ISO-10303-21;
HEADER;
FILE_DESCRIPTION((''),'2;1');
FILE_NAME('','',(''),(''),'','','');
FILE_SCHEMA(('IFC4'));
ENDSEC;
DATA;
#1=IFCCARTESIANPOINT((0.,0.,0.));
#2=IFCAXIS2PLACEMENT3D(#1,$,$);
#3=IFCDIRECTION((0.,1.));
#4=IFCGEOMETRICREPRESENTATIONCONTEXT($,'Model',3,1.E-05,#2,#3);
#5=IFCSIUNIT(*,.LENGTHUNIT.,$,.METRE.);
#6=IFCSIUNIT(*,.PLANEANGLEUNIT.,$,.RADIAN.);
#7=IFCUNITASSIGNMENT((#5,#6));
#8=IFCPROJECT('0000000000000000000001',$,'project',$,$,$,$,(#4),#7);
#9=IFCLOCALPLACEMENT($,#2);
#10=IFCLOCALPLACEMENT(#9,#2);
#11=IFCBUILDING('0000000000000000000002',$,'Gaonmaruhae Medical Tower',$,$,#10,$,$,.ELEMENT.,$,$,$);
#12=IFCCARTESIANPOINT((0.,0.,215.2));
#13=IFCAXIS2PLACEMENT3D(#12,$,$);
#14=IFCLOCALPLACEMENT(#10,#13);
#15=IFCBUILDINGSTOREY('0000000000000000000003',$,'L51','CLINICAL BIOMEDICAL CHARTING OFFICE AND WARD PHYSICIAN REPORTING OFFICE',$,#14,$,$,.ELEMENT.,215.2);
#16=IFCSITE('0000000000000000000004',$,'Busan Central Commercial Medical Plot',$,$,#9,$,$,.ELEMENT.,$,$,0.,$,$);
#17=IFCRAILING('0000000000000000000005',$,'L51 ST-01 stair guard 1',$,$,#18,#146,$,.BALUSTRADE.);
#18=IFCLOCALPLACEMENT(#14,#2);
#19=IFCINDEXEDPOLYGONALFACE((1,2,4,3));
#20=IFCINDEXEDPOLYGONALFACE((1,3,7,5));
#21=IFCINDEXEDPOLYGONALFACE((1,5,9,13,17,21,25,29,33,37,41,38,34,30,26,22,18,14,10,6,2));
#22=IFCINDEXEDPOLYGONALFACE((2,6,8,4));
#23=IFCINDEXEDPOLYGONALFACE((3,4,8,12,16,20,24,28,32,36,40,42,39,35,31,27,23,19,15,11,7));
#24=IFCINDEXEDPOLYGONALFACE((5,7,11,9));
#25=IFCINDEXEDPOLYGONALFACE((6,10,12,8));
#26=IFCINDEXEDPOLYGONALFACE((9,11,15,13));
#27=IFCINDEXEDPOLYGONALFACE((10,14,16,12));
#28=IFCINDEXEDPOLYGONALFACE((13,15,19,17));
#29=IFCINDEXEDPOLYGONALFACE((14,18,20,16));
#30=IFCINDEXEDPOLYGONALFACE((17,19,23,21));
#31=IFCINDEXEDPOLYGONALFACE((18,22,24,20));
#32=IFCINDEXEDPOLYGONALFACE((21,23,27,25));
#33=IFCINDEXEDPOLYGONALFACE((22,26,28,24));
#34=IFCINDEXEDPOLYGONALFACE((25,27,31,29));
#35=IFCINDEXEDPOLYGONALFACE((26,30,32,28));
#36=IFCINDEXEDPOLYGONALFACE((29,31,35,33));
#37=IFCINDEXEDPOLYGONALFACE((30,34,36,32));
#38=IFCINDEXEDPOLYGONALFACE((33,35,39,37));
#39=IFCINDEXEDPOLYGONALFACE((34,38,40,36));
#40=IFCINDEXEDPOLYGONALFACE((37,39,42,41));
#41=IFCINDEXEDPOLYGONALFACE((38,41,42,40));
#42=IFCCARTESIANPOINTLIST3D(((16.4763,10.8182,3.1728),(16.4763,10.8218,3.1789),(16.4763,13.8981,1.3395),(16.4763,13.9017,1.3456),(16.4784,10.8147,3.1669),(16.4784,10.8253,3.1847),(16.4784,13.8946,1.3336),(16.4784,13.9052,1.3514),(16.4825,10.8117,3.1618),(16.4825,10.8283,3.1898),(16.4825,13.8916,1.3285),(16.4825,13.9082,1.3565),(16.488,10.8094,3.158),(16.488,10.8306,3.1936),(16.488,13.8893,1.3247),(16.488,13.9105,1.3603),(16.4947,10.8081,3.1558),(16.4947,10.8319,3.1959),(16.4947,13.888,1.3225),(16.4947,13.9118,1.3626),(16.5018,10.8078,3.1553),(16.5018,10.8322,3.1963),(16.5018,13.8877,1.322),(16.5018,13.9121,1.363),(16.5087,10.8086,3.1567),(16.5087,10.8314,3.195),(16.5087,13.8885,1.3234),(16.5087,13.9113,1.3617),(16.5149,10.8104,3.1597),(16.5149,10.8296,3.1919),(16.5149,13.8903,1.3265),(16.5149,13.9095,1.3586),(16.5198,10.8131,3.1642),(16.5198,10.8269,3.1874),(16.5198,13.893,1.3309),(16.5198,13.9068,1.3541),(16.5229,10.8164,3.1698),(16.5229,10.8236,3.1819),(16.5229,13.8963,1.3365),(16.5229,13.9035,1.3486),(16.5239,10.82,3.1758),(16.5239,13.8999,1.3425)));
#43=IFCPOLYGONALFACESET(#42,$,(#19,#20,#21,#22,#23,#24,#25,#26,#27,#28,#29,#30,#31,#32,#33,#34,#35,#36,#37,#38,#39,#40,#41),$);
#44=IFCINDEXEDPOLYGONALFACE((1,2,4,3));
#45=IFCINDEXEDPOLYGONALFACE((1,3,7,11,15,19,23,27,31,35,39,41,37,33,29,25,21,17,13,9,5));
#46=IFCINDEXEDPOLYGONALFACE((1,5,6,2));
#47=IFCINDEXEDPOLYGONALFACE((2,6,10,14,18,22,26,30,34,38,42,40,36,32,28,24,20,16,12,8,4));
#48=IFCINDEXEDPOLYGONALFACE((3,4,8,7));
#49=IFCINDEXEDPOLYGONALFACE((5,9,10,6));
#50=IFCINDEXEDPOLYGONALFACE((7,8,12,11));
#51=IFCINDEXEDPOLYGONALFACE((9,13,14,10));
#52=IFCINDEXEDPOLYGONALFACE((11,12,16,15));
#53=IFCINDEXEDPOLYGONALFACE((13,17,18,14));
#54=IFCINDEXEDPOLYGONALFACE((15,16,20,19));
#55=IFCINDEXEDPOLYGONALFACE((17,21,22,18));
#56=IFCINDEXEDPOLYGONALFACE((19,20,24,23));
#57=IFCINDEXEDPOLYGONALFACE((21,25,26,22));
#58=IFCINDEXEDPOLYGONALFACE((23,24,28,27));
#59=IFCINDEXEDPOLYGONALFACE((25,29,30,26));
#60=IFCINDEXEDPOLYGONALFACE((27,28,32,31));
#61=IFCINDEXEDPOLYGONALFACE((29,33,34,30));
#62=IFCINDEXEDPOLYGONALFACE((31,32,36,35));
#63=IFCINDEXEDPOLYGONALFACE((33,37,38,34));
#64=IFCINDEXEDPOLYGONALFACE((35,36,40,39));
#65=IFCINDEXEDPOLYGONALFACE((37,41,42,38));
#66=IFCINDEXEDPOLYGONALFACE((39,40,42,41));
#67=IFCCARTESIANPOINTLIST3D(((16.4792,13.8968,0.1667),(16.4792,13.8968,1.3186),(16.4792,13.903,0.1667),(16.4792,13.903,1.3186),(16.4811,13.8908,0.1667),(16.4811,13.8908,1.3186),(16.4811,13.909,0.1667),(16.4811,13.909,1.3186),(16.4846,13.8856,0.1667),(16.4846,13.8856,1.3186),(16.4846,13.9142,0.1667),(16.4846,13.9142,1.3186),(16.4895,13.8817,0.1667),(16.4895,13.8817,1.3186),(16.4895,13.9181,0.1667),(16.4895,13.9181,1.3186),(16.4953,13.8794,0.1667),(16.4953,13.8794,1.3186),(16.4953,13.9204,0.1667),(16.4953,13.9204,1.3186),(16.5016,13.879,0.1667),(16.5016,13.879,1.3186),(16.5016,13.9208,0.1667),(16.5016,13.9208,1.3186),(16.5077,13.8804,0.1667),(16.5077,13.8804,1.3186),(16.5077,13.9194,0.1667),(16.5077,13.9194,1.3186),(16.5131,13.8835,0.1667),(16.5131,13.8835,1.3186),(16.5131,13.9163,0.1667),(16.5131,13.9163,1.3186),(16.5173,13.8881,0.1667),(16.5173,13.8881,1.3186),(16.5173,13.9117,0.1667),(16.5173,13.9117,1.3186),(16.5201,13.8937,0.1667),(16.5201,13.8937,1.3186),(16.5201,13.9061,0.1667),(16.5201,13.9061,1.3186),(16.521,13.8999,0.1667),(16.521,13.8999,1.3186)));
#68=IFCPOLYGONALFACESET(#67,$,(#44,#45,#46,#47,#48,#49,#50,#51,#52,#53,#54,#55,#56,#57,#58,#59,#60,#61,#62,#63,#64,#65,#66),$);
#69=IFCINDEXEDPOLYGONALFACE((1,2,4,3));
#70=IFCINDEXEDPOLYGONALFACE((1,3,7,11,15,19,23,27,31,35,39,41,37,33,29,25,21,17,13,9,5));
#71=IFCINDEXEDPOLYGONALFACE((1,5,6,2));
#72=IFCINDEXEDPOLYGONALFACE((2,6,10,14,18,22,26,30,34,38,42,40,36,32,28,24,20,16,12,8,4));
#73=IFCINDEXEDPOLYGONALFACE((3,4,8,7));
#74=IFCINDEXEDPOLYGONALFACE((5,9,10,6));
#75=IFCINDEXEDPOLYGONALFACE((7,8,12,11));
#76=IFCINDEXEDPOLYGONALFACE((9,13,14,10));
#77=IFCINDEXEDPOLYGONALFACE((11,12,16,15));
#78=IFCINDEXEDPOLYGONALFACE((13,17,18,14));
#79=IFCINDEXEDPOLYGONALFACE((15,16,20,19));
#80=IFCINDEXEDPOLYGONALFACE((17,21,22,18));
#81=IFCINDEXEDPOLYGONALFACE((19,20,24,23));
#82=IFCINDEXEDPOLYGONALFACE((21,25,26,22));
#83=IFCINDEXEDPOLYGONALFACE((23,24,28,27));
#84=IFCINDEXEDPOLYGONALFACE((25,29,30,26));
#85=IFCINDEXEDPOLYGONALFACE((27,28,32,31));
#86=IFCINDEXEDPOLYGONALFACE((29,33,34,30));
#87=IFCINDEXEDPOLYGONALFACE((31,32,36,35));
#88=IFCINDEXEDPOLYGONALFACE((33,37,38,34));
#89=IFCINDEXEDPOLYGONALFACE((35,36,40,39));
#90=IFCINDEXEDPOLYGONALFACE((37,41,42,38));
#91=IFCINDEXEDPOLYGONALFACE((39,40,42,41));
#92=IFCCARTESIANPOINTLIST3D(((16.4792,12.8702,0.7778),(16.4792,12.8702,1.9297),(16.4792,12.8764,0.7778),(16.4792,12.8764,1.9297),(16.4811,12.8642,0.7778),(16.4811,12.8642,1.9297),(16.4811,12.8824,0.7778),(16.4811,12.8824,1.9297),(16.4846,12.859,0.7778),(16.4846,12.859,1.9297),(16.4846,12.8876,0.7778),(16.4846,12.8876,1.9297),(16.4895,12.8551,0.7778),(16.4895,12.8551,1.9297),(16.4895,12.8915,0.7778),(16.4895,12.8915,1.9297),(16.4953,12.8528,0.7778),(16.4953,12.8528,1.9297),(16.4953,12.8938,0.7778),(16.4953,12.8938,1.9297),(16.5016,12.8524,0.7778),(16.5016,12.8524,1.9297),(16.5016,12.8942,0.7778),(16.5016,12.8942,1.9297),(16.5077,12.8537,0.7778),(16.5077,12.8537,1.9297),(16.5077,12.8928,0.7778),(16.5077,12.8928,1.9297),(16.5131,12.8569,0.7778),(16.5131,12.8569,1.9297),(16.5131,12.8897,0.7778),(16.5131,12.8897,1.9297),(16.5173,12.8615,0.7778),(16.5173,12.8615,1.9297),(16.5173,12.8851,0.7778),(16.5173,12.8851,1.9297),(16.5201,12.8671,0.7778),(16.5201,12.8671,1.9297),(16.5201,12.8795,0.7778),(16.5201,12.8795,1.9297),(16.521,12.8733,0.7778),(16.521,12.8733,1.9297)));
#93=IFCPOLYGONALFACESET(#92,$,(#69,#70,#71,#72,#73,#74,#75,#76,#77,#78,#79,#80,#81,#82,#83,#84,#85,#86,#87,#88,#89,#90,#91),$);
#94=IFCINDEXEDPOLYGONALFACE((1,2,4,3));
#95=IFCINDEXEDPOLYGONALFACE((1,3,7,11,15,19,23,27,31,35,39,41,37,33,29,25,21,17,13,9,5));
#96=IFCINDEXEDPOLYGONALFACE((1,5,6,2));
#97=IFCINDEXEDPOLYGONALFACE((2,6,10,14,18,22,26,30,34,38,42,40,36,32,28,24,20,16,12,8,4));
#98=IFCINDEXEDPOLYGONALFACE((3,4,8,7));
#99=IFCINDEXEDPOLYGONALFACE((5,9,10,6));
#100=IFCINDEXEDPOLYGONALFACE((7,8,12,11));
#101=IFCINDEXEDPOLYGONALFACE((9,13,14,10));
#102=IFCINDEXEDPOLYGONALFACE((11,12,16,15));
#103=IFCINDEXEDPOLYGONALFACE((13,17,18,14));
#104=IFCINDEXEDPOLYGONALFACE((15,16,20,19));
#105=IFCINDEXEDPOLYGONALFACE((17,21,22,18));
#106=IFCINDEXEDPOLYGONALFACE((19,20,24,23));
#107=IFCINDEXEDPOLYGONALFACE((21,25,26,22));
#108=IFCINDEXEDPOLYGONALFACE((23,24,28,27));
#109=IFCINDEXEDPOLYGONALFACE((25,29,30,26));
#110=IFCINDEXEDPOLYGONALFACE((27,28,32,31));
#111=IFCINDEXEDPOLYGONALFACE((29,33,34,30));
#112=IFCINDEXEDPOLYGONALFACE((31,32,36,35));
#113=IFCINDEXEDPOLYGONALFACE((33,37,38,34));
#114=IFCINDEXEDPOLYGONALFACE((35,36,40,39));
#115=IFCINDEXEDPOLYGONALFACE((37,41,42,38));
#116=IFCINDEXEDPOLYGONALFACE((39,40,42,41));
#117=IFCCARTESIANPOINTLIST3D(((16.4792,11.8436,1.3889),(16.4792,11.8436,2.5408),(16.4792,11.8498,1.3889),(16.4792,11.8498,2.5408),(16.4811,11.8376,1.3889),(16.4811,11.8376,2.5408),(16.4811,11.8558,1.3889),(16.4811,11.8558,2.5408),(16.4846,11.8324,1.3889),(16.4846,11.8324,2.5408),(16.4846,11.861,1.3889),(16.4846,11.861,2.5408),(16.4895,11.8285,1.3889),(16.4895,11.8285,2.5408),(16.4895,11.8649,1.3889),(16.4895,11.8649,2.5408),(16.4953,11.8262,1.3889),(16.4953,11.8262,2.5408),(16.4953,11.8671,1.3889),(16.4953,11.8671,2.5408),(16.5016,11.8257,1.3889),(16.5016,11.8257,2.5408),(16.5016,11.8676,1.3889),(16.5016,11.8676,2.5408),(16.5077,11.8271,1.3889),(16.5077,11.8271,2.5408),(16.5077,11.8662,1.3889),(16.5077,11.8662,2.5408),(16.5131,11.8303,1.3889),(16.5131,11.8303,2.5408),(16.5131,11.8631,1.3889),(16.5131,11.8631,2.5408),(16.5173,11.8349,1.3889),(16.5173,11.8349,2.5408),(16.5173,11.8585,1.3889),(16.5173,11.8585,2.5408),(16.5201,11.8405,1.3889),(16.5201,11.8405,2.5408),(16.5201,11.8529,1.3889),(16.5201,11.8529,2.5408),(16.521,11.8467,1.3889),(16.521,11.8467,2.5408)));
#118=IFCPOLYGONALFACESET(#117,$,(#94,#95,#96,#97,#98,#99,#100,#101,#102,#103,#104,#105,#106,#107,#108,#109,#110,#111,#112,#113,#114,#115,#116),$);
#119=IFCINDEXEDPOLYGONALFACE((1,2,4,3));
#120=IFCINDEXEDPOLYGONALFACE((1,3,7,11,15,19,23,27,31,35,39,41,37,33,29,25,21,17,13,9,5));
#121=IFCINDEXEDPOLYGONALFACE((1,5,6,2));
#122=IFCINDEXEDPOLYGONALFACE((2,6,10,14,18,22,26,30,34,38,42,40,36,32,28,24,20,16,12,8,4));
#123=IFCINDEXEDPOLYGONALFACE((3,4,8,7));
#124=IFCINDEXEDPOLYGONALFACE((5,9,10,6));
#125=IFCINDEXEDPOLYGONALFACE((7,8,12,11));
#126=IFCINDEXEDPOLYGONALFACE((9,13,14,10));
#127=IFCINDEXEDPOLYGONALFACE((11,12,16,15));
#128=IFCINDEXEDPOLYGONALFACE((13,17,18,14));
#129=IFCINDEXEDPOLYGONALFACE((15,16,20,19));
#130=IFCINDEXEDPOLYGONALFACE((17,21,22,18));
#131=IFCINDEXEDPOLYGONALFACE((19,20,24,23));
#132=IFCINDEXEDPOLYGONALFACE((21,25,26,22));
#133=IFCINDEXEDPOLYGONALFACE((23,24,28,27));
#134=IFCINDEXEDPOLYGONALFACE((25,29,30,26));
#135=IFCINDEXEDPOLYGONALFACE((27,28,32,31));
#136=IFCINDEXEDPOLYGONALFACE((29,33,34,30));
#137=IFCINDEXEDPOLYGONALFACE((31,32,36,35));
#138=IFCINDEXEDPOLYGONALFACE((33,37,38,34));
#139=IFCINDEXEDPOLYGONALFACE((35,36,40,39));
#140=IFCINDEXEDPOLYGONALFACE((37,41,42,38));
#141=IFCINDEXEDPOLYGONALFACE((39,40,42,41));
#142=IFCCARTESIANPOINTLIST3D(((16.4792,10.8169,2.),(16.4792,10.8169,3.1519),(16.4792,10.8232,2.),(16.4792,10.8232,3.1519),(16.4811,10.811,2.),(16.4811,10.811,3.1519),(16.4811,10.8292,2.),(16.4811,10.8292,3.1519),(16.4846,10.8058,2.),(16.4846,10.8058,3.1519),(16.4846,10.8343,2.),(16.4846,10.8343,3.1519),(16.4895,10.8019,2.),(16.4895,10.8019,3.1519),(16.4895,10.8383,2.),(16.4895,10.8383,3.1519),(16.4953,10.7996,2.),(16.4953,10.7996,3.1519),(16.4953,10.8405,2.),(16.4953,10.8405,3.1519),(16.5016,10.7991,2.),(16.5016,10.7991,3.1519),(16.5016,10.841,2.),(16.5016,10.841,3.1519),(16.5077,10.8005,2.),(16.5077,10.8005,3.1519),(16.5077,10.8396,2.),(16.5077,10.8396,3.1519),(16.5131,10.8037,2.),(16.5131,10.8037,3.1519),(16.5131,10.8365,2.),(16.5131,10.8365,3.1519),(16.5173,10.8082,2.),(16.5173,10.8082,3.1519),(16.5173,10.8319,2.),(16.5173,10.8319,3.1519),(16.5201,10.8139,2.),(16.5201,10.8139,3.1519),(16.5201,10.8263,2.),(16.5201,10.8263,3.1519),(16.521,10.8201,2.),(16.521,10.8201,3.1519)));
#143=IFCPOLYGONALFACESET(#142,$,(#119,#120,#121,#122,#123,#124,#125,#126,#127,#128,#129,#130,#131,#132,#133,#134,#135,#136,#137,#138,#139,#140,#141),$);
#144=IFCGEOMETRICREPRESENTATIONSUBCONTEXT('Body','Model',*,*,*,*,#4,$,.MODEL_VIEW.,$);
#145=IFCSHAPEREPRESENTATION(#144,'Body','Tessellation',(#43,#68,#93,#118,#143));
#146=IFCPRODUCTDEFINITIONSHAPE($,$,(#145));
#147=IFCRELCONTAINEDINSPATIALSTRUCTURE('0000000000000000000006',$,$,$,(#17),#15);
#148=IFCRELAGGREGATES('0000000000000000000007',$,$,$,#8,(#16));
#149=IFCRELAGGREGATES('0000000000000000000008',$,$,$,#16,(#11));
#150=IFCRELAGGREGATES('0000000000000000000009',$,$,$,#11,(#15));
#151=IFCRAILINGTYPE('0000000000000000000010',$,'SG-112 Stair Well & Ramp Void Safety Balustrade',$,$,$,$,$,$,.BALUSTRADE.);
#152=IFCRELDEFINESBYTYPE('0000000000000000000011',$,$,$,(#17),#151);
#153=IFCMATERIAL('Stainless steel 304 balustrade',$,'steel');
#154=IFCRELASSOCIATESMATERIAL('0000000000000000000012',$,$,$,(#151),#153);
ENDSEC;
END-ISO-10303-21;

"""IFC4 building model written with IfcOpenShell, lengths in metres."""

from ifc_helpers import new_model, si_unit, direction, frame, origin, origin_2d, place, context, subcontext, project, spatial, circle, extrude, material, type_object, element, save


model = new_model("IFC4")

# Units and contexts
model_context = context("Model", 3, precision=1e-05, world=origin(), true_north=direction((0.0, 1.0)))
body_context = subcontext(model_context, "Body", "Model", "MODEL_VIEW")
ifc_project = project(units=[si_unit("LENGTHUNIT", "METRE"), si_unit("PLANEANGLEUNIT", "RADIAN")], contexts=[model_context])

# Site, building, storey
site_placement = place(None, origin())
site = spatial("IfcSite", under=ifc_project, at=site_placement, Name="Busan Central Commercial Medical Plot", CompositionType="ELEMENT", RefElevation=0.0)
building_placement = place(site_placement, origin())
building = spatial("IfcBuilding", under=site, at=building_placement, Name="Gaonmaruhae Medical Tower", CompositionType="ELEMENT")
storey_placement = place(building_placement, frame((0.0, 0.0, 215.2)))
storey = spatial("IfcBuildingStorey", under=building, at=storey_placement, Name="L51", Description="CLINICAL BIOMEDICAL CHARTING OFFICE AND WARD PHYSICIAN REPORTING OFFICE", CompositionType="ELEMENT", Elevation=215.2)

# Railing
ifc_material_1 = material(Name="Stainless steel 304 balustrade", Category="steel")
railing_type_1 = type_object("IfcRailingType", Name="SG-112 Stair Well & Ramp Void Safety Balustrade", PredefinedType="BALUSTRADE", material=ifc_material_1)
railing_1_placement = place(storey_placement, frame((16.5, 13.8999, 0.1667)))
element("IfcRailing", 1, at=railing_1_placement, inside=storey, type_object=railing_type_1, Name="L51 ST-01 stair guard 1", PredefinedType="BALUSTRADE", context=body_context, shape_type="SweptSolid", body=[
    extrude(circle(Radius=0.0239, at=origin_2d()), frame((0.0, 0.0, 1.1758), z_axis=(0.0, -0.859291, 0.511487), x_axis=(1.0, 0.0, 0.0)), (0.0, 0.0, 1.0), 3.5842),
    extrude(circle(Radius=0.021, at=origin_2d()), origin(), (0.0, 0.0, 1.0), 1.1519),
    extrude(circle(Radius=0.021, at=origin_2d()), frame((0.0, -1.0266, 0.6111)), (0.0, 0.0, 1.0), 1.1519),
    extrude(circle(Radius=0.021, at=origin_2d()), frame((0.0, -2.0532, 1.2222)), (0.0, 0.0, 1.0), 1.1519),
    extrude(circle(Radius=0.021, at=origin_2d()), frame((0.0, -3.0798, 1.8333)), (0.0, 0.0, 1.0), 1.1519),
])

save(model, "model.ifc")
